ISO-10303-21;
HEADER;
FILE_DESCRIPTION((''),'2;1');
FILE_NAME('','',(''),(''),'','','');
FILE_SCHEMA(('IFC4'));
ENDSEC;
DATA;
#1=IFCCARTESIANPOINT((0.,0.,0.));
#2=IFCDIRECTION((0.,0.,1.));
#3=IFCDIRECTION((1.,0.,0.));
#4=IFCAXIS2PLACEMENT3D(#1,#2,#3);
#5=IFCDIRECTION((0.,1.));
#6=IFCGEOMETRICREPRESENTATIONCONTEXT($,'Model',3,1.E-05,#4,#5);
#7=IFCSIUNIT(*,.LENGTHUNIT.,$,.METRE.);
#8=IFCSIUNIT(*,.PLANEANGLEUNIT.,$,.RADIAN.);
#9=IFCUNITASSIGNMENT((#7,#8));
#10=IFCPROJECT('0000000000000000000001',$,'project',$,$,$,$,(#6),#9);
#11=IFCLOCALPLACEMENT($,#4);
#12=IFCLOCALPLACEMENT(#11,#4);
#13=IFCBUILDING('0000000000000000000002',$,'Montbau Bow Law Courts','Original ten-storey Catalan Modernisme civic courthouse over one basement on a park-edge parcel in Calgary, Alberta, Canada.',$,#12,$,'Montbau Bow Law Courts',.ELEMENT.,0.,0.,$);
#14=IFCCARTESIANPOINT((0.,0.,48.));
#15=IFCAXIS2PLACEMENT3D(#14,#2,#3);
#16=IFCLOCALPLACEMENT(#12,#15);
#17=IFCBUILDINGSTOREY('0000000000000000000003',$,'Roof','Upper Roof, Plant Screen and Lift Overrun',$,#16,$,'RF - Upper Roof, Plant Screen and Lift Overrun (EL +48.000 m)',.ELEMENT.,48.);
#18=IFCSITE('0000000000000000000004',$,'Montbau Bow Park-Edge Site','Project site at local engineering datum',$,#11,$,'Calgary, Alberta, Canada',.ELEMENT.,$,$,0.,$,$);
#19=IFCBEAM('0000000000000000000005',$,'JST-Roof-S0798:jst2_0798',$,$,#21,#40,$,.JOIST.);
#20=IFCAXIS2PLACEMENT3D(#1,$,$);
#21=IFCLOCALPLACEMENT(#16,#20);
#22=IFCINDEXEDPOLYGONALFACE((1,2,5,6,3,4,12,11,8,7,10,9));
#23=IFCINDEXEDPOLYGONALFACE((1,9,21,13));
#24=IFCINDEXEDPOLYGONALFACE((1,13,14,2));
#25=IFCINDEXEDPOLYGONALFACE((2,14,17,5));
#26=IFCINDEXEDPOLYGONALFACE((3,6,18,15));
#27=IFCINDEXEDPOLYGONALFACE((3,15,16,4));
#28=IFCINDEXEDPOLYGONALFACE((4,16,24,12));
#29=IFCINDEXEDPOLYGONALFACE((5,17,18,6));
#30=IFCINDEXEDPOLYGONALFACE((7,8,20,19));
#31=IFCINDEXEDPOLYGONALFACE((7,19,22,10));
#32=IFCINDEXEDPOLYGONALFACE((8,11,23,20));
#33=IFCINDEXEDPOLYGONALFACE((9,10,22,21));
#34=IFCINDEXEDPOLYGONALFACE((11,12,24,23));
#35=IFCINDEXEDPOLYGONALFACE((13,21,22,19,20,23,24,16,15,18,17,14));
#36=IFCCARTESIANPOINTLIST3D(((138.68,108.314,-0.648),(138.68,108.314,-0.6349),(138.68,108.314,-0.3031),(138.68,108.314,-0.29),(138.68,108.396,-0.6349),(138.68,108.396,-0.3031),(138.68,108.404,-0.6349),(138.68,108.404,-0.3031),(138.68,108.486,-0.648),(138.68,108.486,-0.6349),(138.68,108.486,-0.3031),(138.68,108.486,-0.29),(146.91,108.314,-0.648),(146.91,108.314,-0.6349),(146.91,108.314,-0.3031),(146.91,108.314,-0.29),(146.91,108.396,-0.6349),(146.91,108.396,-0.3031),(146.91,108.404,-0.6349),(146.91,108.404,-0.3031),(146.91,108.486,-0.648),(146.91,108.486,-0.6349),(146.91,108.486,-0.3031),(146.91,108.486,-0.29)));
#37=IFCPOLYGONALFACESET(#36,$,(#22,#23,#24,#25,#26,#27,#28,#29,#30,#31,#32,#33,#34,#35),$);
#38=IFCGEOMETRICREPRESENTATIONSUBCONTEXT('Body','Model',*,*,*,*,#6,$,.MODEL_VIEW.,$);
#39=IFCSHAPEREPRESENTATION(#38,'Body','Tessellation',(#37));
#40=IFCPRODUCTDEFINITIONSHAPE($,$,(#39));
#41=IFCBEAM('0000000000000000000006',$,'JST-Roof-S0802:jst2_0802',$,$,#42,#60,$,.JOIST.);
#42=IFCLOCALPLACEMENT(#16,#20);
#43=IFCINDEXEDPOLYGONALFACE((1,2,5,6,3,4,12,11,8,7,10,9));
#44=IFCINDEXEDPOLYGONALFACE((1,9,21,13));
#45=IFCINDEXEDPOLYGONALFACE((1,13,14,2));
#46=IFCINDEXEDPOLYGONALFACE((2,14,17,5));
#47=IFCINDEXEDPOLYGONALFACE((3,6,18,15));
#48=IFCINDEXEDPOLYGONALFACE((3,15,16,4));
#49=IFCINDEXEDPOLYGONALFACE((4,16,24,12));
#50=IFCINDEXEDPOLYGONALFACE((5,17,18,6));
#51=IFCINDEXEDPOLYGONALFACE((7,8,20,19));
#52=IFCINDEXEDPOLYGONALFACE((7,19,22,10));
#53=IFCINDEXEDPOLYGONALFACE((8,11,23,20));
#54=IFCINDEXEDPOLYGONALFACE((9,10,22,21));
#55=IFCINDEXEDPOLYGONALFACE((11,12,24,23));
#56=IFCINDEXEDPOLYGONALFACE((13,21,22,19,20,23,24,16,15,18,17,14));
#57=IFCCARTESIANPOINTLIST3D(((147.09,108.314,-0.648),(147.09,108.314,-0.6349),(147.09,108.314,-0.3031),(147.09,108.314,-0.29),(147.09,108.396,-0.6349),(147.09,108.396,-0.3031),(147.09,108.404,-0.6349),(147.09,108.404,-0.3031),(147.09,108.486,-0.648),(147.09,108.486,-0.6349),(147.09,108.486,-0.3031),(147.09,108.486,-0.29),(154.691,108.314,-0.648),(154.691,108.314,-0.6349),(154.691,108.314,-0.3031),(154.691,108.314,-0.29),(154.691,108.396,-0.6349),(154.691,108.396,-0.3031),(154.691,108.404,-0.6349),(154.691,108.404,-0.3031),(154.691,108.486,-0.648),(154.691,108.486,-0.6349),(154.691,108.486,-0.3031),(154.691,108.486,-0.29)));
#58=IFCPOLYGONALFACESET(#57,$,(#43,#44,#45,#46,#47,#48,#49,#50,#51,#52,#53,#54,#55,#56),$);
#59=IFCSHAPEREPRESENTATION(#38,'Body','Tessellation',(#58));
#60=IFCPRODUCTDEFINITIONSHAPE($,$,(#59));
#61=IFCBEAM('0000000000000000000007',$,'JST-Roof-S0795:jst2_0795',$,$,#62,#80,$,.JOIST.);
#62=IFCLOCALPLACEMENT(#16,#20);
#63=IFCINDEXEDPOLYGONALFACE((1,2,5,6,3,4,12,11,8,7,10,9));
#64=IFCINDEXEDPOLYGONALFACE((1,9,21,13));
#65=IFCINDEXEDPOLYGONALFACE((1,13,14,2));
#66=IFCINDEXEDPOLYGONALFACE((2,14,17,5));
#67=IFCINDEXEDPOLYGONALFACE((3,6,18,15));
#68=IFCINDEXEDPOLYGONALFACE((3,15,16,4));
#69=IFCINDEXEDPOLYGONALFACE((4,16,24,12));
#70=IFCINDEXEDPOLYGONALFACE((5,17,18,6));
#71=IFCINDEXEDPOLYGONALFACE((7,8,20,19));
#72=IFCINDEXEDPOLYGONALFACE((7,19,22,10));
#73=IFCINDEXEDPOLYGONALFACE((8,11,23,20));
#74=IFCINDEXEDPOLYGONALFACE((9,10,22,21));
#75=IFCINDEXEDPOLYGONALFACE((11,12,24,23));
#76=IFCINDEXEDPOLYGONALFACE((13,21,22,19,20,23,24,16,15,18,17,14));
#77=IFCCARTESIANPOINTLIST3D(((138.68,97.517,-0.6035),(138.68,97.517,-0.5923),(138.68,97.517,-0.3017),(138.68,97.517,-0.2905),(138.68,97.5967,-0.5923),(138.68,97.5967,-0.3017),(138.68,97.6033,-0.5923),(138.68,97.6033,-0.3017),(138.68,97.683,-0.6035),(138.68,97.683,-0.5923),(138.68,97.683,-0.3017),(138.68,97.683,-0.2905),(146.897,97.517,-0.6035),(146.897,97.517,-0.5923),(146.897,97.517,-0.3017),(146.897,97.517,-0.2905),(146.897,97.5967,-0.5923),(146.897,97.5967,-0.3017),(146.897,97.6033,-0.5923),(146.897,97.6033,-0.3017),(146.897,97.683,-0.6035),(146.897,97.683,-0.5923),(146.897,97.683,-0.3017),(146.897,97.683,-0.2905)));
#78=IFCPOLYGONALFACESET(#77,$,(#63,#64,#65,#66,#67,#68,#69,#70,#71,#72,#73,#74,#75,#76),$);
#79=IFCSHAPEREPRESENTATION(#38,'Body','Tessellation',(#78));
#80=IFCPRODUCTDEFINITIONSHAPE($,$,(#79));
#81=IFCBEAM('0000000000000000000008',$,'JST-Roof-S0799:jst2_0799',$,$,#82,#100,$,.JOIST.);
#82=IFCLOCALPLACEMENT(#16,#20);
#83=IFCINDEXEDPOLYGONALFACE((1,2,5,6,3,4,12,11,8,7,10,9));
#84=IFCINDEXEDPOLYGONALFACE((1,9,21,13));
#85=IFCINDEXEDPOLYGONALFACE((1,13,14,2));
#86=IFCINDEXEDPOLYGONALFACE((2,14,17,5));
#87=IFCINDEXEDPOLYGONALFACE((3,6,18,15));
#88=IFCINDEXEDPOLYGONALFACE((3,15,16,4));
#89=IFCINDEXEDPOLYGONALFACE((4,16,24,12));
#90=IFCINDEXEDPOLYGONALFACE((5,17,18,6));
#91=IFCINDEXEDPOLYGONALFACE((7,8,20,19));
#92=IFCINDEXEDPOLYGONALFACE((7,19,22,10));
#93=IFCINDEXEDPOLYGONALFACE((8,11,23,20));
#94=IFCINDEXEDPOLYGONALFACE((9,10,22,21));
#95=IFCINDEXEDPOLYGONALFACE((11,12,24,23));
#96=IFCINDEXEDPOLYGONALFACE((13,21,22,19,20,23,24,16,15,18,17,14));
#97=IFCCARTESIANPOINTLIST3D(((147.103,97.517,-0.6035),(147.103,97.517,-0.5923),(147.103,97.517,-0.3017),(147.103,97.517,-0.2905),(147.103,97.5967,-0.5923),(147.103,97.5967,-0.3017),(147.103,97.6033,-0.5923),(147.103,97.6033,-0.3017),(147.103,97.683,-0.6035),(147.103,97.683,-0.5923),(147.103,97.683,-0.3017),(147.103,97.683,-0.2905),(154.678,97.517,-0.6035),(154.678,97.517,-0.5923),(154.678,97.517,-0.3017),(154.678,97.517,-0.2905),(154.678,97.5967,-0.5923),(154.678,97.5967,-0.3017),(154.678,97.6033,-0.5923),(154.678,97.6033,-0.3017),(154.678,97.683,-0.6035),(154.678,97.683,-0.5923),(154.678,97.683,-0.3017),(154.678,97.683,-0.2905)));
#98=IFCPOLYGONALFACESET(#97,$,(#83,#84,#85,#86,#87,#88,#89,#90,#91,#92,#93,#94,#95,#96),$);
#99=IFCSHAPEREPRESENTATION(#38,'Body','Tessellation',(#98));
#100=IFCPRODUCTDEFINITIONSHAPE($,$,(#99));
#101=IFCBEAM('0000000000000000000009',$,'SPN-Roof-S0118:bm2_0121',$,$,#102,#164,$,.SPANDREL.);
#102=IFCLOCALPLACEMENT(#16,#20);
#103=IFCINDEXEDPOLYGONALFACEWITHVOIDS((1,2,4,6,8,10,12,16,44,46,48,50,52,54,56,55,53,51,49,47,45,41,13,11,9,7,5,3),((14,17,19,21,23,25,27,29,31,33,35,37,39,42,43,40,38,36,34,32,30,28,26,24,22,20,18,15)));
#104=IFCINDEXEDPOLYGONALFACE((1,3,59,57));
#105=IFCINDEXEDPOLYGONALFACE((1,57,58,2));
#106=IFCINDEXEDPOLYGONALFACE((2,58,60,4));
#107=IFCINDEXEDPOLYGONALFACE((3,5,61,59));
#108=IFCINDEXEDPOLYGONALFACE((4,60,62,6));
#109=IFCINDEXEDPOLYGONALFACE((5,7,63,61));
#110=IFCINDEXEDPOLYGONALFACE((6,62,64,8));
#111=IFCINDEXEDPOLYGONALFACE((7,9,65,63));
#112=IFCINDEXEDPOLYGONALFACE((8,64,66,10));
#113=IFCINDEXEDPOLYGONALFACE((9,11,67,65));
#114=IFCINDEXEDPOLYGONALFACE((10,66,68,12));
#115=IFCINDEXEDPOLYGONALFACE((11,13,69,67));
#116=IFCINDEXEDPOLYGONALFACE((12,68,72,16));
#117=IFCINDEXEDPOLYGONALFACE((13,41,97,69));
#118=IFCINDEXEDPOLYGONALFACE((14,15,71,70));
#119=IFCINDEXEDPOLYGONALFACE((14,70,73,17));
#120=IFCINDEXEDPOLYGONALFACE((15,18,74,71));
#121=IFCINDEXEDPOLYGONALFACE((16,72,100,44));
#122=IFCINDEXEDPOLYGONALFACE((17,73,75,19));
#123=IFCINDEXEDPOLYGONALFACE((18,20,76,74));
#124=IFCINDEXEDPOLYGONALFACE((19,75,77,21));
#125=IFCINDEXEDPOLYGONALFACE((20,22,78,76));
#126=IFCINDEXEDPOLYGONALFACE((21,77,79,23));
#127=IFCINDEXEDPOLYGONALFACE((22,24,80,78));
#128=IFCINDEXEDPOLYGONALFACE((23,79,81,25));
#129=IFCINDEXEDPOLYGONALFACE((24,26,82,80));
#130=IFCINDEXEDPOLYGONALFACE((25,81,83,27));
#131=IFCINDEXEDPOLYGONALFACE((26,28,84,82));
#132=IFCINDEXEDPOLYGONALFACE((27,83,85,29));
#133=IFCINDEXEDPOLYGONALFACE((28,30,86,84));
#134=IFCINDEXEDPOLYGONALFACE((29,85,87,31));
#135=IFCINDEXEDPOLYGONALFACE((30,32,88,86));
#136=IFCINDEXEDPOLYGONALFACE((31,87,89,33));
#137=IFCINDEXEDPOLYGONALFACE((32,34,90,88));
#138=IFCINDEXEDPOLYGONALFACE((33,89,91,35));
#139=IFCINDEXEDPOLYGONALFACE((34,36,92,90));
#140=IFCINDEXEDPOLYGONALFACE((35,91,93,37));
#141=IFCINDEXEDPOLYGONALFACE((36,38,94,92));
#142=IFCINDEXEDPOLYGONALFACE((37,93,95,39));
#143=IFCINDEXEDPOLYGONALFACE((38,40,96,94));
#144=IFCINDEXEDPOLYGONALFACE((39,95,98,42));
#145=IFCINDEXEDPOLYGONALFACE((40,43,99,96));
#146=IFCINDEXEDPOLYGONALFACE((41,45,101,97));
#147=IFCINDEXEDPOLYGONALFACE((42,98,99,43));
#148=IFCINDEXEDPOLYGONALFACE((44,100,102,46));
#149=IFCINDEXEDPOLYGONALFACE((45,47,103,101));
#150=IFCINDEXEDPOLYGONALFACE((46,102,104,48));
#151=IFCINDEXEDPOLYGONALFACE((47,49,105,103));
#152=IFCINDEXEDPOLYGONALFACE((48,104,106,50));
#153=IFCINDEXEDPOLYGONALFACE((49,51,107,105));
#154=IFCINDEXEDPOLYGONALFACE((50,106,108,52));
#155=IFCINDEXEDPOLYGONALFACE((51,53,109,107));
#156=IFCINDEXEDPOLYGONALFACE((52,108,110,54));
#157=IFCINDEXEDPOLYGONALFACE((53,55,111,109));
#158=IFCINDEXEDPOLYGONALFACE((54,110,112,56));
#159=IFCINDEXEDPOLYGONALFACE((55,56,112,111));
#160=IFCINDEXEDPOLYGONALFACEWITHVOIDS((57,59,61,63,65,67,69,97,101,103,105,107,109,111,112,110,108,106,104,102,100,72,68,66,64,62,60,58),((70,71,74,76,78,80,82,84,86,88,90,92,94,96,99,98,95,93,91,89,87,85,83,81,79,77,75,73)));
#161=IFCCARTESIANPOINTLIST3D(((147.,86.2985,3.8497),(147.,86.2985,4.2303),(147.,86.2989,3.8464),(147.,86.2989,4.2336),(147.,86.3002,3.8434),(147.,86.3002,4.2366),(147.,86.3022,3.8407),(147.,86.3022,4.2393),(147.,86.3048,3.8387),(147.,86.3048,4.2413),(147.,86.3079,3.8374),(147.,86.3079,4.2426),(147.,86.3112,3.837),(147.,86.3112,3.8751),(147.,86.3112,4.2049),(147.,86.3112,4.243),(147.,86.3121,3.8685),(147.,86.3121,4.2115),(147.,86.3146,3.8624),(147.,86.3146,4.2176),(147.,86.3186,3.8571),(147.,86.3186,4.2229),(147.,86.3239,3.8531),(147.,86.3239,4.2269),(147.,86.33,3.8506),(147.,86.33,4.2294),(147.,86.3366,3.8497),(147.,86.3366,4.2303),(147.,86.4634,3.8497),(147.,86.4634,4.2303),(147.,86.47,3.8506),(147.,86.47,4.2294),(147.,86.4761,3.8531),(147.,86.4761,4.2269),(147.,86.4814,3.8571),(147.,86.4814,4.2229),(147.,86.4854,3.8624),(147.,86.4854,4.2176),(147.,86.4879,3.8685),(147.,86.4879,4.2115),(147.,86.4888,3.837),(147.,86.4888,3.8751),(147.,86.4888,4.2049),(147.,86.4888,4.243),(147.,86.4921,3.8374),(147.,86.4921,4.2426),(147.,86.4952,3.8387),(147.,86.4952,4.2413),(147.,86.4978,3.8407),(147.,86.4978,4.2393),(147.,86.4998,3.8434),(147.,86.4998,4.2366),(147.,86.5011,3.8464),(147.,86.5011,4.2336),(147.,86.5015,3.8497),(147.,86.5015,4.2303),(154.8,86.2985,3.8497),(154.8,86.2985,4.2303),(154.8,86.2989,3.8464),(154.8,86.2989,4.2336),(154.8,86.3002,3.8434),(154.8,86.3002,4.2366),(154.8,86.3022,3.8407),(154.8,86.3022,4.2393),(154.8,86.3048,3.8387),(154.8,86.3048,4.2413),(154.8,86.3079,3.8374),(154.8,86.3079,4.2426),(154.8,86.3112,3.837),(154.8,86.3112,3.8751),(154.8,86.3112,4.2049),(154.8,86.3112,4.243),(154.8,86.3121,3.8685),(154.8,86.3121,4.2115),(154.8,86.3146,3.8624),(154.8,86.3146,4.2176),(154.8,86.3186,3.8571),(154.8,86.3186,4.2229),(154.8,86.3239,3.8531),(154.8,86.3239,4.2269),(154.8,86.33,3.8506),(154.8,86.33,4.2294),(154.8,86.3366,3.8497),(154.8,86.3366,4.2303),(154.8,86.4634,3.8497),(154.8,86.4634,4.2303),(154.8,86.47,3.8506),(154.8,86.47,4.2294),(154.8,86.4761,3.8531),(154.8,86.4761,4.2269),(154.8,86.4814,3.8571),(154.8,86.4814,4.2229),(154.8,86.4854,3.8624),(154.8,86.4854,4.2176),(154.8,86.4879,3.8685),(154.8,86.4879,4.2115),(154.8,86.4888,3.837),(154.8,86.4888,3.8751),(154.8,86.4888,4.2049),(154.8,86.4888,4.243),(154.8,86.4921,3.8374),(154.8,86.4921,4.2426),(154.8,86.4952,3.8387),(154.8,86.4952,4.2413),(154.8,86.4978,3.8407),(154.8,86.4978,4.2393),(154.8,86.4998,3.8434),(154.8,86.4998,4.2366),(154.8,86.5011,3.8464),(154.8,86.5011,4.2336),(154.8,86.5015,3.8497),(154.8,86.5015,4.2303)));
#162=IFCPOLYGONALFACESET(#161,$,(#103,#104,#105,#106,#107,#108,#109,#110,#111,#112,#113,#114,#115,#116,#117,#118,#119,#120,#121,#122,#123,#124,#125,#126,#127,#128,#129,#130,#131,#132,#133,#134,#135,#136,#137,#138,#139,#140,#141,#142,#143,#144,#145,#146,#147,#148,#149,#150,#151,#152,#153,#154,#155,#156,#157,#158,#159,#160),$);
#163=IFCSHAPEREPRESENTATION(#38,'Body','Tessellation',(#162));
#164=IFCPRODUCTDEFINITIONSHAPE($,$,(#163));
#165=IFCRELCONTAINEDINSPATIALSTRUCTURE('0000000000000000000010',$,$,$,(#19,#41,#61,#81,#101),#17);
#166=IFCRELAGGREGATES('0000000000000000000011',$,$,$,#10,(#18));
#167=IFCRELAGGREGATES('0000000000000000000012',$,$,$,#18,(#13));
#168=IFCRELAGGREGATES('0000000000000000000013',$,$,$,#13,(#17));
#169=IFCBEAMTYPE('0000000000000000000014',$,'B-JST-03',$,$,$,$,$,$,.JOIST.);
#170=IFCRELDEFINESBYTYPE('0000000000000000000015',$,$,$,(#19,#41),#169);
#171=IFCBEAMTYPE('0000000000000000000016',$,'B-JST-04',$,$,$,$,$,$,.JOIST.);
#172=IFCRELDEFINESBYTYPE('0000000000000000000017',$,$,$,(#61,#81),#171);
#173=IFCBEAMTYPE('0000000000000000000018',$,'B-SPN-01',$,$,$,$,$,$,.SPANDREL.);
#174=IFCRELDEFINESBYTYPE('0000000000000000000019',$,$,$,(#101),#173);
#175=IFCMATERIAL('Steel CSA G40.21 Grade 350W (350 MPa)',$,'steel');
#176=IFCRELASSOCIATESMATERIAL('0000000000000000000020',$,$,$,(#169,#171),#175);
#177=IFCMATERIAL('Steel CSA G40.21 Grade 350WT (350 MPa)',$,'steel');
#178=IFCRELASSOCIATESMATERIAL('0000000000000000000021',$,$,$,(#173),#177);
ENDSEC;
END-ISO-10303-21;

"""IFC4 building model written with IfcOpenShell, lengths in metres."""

from ifc_helpers import new_model, si_unit, direction, frame, origin_with_axes, origin_2d_with_axis, place, context, subcontext, project, spatial, hollow_rectangle, i_section, extrude, material, material_profile, profile_set, type_object, element, save


model = new_model("IFC4")

# Units and contexts
model_context = context("Model", 3, precision=1e-05, world=origin_with_axes(), true_north=direction((0.0, 1.0)))
body_context = subcontext(model_context, "Body", "Model", "MODEL_VIEW")
ifc_project = project(units=[si_unit("LENGTHUNIT", "METRE"), si_unit("PLANEANGLEUNIT", "RADIAN")], contexts=[model_context])

# Site, building, storey
site_placement = place(None, origin_with_axes())
site = spatial("IfcSite", under=ifc_project, at=site_placement, Name="Montbau Bow Park-Edge Site", Description="Project site at local engineering datum", LongName="Calgary, Alberta, Canada", CompositionType="ELEMENT", RefElevation=0.0)
building_placement = place(site_placement, origin_with_axes())
building = spatial("IfcBuilding", under=site, at=building_placement, Name="Montbau Bow Law Courts", Description="Original ten-storey Catalan Modernisme civic courthouse over one basement on a park-edge parcel in Calgary, Alberta, Canada.", LongName="Montbau Bow Law Courts", CompositionType="ELEMENT", ElevationOfRefHeight=0.0, ElevationOfTerrain=0.0)
storey_placement = place(building_placement, frame((0.0, 0.0, 48.0), z_axis=(0.0, 0.0, 1.0), x_axis=(1.0, 0.0, 0.0)))
storey = spatial("IfcBuildingStorey", under=building, at=storey_placement, Name="Roof", Description="Upper Roof, Plant Screen and Lift Overrun", LongName="RF - Upper Roof, Plant Screen and Lift Overrun (EL +48.000 m)", CompositionType="ELEMENT", Elevation=48.0)

# Shared definitions
ifc_material_1 = material(Name="Steel CSA G40.21 Grade 350W (350 MPa)", Category="steel")

# Beams
ifc_material_profile_1 = material_profile(ifc_material_1, i_section(OverallWidth=0.172, OverallDepth=0.358, WebThickness=0.0079, FlangeThickness=0.0131, at=origin_2d_with_axis()), Name="W360X57", Category="Main", Priority=0)
ifc_profile_set_1 = profile_set([ifc_material_profile_1], Name="Steel CSA G40.21 Grade 350W (350 MPa)")
beam_type_1 = type_object("IfcBeamType", Name="B-JST-03", PredefinedType="JOIST", material=ifc_profile_set_1)
beam_1_placement = place(None, frame((138.68, 108.4, 47.531), z_axis=(1.0, 0.0, 0.0), x_axis=(0.0, 1.0, 0.0)))
element("IfcBeam", 1, at=beam_1_placement, inside=storey, type_object=beam_type_1, Name="JST-Roof-S0798:jst2_0798", PredefinedType="JOIST", context=body_context, shape_type="SweptSolid", body=[
    extrude(i_section(OverallWidth=0.172, OverallDepth=0.358, WebThickness=0.0079, FlangeThickness=0.0131, at=origin_2d_with_axis()), origin_with_axes(), (0.0, 0.0, 1.0), 8.23),
])
beam_2_placement = place(None, frame((147.09, 108.4, 47.531), z_axis=(1.0, 0.0, 0.0), x_axis=(0.0, 1.0, 0.0)))
element("IfcBeam", 2, at=beam_2_placement, inside=storey, type_object=beam_type_1, Name="JST-Roof-S0802:jst2_0802", PredefinedType="JOIST", context=body_context, shape_type="SweptSolid", body=[
    extrude(i_section(OverallWidth=0.172, OverallDepth=0.358, WebThickness=0.0079, FlangeThickness=0.0131, at=origin_2d_with_axis()), origin_with_axes(), (0.0, 0.0, 1.0), 7.601),
])
ifc_material_profile_2 = material_profile(ifc_material_1, i_section(OverallWidth=0.166, OverallDepth=0.313, WebThickness=0.0066, FlangeThickness=0.0112, at=origin_2d_with_axis()), Name="W310X45", Category="Main", Priority=0)
ifc_profile_set_2 = profile_set([ifc_material_profile_2], Name="Steel CSA G40.21 Grade 350W (350 MPa)")
beam_type_2 = type_object("IfcBeamType", Name="B-JST-04", PredefinedType="JOIST", material=ifc_profile_set_2)
beam_3_placement = place(None, frame((138.68, 97.6, 47.553), z_axis=(1.0, 0.0, 0.0), x_axis=(0.0, 1.0, 0.0)))
element("IfcBeam", 3, at=beam_3_placement, inside=storey, type_object=beam_type_2, Name="JST-Roof-S0795:jst2_0795", PredefinedType="JOIST", context=body_context, shape_type="SweptSolid", body=[
    extrude(i_section(OverallWidth=0.166, OverallDepth=0.313, WebThickness=0.0066, FlangeThickness=0.0112, at=origin_2d_with_axis()), origin_with_axes(), (0.0, 0.0, 1.0), 8.217),
])
beam_4_placement = place(None, frame((147.103, 97.6, 47.553), z_axis=(1.0, 0.0, 0.0), x_axis=(0.0, 1.0, 0.0)))
element("IfcBeam", 4, at=beam_4_placement, inside=storey, type_object=beam_type_2, Name="JST-Roof-S0799:jst2_0799", PredefinedType="JOIST", context=body_context, shape_type="SweptSolid", body=[
    extrude(i_section(OverallWidth=0.166, OverallDepth=0.313, WebThickness=0.0066, FlangeThickness=0.0112, at=origin_2d_with_axis()), origin_with_axes(), (0.0, 0.0, 1.0), 7.575),
])
ifc_material_2 = material(Name="Steel CSA G40.21 Grade 350WT (350 MPa)", Category="steel")
ifc_material_profile_3 = material_profile(ifc_material_2, hollow_rectangle(XDim=0.203, YDim=0.406, WallThickness=0.0127, InnerFilletRadius=0.0254, OuterFilletRadius=0.0127, at=origin_2d_with_axis()), Name="HSS406X203X13", Category="Main", Priority=0)
ifc_profile_set_3 = profile_set([ifc_material_profile_3], Name="Steel CSA G40.21 Grade 350WT (350 MPa)")
beam_type_3 = type_object("IfcBeamType", Name="B-SPN-01", PredefinedType="SPANDREL", material=ifc_profile_set_3)
for number, where, z_axis, x_axis, name in (
    (5, (147.0, 86.4, 52.04), (1.0, 0.0, 0.0), (0.0, 1.0, 0.0), "SPN-Roof-S0118:bm2_0121"),
):
    element("IfcBeam", number, at=place(None, frame(where, z_axis=z_axis, x_axis=x_axis)), inside=storey, type_object=beam_type_3, Name=name, PredefinedType="SPANDREL", context=body_context, shape_type="SweptSolid", body=[
        extrude(hollow_rectangle(XDim=0.203, YDim=0.406, WallThickness=0.0127, InnerFilletRadius=0.0254, OuterFilletRadius=0.0127, at=origin_2d_with_axis()), origin_with_axes(), (0.0, 0.0, 1.0), 7.8),
    ])

save(model, "model.ifc")
